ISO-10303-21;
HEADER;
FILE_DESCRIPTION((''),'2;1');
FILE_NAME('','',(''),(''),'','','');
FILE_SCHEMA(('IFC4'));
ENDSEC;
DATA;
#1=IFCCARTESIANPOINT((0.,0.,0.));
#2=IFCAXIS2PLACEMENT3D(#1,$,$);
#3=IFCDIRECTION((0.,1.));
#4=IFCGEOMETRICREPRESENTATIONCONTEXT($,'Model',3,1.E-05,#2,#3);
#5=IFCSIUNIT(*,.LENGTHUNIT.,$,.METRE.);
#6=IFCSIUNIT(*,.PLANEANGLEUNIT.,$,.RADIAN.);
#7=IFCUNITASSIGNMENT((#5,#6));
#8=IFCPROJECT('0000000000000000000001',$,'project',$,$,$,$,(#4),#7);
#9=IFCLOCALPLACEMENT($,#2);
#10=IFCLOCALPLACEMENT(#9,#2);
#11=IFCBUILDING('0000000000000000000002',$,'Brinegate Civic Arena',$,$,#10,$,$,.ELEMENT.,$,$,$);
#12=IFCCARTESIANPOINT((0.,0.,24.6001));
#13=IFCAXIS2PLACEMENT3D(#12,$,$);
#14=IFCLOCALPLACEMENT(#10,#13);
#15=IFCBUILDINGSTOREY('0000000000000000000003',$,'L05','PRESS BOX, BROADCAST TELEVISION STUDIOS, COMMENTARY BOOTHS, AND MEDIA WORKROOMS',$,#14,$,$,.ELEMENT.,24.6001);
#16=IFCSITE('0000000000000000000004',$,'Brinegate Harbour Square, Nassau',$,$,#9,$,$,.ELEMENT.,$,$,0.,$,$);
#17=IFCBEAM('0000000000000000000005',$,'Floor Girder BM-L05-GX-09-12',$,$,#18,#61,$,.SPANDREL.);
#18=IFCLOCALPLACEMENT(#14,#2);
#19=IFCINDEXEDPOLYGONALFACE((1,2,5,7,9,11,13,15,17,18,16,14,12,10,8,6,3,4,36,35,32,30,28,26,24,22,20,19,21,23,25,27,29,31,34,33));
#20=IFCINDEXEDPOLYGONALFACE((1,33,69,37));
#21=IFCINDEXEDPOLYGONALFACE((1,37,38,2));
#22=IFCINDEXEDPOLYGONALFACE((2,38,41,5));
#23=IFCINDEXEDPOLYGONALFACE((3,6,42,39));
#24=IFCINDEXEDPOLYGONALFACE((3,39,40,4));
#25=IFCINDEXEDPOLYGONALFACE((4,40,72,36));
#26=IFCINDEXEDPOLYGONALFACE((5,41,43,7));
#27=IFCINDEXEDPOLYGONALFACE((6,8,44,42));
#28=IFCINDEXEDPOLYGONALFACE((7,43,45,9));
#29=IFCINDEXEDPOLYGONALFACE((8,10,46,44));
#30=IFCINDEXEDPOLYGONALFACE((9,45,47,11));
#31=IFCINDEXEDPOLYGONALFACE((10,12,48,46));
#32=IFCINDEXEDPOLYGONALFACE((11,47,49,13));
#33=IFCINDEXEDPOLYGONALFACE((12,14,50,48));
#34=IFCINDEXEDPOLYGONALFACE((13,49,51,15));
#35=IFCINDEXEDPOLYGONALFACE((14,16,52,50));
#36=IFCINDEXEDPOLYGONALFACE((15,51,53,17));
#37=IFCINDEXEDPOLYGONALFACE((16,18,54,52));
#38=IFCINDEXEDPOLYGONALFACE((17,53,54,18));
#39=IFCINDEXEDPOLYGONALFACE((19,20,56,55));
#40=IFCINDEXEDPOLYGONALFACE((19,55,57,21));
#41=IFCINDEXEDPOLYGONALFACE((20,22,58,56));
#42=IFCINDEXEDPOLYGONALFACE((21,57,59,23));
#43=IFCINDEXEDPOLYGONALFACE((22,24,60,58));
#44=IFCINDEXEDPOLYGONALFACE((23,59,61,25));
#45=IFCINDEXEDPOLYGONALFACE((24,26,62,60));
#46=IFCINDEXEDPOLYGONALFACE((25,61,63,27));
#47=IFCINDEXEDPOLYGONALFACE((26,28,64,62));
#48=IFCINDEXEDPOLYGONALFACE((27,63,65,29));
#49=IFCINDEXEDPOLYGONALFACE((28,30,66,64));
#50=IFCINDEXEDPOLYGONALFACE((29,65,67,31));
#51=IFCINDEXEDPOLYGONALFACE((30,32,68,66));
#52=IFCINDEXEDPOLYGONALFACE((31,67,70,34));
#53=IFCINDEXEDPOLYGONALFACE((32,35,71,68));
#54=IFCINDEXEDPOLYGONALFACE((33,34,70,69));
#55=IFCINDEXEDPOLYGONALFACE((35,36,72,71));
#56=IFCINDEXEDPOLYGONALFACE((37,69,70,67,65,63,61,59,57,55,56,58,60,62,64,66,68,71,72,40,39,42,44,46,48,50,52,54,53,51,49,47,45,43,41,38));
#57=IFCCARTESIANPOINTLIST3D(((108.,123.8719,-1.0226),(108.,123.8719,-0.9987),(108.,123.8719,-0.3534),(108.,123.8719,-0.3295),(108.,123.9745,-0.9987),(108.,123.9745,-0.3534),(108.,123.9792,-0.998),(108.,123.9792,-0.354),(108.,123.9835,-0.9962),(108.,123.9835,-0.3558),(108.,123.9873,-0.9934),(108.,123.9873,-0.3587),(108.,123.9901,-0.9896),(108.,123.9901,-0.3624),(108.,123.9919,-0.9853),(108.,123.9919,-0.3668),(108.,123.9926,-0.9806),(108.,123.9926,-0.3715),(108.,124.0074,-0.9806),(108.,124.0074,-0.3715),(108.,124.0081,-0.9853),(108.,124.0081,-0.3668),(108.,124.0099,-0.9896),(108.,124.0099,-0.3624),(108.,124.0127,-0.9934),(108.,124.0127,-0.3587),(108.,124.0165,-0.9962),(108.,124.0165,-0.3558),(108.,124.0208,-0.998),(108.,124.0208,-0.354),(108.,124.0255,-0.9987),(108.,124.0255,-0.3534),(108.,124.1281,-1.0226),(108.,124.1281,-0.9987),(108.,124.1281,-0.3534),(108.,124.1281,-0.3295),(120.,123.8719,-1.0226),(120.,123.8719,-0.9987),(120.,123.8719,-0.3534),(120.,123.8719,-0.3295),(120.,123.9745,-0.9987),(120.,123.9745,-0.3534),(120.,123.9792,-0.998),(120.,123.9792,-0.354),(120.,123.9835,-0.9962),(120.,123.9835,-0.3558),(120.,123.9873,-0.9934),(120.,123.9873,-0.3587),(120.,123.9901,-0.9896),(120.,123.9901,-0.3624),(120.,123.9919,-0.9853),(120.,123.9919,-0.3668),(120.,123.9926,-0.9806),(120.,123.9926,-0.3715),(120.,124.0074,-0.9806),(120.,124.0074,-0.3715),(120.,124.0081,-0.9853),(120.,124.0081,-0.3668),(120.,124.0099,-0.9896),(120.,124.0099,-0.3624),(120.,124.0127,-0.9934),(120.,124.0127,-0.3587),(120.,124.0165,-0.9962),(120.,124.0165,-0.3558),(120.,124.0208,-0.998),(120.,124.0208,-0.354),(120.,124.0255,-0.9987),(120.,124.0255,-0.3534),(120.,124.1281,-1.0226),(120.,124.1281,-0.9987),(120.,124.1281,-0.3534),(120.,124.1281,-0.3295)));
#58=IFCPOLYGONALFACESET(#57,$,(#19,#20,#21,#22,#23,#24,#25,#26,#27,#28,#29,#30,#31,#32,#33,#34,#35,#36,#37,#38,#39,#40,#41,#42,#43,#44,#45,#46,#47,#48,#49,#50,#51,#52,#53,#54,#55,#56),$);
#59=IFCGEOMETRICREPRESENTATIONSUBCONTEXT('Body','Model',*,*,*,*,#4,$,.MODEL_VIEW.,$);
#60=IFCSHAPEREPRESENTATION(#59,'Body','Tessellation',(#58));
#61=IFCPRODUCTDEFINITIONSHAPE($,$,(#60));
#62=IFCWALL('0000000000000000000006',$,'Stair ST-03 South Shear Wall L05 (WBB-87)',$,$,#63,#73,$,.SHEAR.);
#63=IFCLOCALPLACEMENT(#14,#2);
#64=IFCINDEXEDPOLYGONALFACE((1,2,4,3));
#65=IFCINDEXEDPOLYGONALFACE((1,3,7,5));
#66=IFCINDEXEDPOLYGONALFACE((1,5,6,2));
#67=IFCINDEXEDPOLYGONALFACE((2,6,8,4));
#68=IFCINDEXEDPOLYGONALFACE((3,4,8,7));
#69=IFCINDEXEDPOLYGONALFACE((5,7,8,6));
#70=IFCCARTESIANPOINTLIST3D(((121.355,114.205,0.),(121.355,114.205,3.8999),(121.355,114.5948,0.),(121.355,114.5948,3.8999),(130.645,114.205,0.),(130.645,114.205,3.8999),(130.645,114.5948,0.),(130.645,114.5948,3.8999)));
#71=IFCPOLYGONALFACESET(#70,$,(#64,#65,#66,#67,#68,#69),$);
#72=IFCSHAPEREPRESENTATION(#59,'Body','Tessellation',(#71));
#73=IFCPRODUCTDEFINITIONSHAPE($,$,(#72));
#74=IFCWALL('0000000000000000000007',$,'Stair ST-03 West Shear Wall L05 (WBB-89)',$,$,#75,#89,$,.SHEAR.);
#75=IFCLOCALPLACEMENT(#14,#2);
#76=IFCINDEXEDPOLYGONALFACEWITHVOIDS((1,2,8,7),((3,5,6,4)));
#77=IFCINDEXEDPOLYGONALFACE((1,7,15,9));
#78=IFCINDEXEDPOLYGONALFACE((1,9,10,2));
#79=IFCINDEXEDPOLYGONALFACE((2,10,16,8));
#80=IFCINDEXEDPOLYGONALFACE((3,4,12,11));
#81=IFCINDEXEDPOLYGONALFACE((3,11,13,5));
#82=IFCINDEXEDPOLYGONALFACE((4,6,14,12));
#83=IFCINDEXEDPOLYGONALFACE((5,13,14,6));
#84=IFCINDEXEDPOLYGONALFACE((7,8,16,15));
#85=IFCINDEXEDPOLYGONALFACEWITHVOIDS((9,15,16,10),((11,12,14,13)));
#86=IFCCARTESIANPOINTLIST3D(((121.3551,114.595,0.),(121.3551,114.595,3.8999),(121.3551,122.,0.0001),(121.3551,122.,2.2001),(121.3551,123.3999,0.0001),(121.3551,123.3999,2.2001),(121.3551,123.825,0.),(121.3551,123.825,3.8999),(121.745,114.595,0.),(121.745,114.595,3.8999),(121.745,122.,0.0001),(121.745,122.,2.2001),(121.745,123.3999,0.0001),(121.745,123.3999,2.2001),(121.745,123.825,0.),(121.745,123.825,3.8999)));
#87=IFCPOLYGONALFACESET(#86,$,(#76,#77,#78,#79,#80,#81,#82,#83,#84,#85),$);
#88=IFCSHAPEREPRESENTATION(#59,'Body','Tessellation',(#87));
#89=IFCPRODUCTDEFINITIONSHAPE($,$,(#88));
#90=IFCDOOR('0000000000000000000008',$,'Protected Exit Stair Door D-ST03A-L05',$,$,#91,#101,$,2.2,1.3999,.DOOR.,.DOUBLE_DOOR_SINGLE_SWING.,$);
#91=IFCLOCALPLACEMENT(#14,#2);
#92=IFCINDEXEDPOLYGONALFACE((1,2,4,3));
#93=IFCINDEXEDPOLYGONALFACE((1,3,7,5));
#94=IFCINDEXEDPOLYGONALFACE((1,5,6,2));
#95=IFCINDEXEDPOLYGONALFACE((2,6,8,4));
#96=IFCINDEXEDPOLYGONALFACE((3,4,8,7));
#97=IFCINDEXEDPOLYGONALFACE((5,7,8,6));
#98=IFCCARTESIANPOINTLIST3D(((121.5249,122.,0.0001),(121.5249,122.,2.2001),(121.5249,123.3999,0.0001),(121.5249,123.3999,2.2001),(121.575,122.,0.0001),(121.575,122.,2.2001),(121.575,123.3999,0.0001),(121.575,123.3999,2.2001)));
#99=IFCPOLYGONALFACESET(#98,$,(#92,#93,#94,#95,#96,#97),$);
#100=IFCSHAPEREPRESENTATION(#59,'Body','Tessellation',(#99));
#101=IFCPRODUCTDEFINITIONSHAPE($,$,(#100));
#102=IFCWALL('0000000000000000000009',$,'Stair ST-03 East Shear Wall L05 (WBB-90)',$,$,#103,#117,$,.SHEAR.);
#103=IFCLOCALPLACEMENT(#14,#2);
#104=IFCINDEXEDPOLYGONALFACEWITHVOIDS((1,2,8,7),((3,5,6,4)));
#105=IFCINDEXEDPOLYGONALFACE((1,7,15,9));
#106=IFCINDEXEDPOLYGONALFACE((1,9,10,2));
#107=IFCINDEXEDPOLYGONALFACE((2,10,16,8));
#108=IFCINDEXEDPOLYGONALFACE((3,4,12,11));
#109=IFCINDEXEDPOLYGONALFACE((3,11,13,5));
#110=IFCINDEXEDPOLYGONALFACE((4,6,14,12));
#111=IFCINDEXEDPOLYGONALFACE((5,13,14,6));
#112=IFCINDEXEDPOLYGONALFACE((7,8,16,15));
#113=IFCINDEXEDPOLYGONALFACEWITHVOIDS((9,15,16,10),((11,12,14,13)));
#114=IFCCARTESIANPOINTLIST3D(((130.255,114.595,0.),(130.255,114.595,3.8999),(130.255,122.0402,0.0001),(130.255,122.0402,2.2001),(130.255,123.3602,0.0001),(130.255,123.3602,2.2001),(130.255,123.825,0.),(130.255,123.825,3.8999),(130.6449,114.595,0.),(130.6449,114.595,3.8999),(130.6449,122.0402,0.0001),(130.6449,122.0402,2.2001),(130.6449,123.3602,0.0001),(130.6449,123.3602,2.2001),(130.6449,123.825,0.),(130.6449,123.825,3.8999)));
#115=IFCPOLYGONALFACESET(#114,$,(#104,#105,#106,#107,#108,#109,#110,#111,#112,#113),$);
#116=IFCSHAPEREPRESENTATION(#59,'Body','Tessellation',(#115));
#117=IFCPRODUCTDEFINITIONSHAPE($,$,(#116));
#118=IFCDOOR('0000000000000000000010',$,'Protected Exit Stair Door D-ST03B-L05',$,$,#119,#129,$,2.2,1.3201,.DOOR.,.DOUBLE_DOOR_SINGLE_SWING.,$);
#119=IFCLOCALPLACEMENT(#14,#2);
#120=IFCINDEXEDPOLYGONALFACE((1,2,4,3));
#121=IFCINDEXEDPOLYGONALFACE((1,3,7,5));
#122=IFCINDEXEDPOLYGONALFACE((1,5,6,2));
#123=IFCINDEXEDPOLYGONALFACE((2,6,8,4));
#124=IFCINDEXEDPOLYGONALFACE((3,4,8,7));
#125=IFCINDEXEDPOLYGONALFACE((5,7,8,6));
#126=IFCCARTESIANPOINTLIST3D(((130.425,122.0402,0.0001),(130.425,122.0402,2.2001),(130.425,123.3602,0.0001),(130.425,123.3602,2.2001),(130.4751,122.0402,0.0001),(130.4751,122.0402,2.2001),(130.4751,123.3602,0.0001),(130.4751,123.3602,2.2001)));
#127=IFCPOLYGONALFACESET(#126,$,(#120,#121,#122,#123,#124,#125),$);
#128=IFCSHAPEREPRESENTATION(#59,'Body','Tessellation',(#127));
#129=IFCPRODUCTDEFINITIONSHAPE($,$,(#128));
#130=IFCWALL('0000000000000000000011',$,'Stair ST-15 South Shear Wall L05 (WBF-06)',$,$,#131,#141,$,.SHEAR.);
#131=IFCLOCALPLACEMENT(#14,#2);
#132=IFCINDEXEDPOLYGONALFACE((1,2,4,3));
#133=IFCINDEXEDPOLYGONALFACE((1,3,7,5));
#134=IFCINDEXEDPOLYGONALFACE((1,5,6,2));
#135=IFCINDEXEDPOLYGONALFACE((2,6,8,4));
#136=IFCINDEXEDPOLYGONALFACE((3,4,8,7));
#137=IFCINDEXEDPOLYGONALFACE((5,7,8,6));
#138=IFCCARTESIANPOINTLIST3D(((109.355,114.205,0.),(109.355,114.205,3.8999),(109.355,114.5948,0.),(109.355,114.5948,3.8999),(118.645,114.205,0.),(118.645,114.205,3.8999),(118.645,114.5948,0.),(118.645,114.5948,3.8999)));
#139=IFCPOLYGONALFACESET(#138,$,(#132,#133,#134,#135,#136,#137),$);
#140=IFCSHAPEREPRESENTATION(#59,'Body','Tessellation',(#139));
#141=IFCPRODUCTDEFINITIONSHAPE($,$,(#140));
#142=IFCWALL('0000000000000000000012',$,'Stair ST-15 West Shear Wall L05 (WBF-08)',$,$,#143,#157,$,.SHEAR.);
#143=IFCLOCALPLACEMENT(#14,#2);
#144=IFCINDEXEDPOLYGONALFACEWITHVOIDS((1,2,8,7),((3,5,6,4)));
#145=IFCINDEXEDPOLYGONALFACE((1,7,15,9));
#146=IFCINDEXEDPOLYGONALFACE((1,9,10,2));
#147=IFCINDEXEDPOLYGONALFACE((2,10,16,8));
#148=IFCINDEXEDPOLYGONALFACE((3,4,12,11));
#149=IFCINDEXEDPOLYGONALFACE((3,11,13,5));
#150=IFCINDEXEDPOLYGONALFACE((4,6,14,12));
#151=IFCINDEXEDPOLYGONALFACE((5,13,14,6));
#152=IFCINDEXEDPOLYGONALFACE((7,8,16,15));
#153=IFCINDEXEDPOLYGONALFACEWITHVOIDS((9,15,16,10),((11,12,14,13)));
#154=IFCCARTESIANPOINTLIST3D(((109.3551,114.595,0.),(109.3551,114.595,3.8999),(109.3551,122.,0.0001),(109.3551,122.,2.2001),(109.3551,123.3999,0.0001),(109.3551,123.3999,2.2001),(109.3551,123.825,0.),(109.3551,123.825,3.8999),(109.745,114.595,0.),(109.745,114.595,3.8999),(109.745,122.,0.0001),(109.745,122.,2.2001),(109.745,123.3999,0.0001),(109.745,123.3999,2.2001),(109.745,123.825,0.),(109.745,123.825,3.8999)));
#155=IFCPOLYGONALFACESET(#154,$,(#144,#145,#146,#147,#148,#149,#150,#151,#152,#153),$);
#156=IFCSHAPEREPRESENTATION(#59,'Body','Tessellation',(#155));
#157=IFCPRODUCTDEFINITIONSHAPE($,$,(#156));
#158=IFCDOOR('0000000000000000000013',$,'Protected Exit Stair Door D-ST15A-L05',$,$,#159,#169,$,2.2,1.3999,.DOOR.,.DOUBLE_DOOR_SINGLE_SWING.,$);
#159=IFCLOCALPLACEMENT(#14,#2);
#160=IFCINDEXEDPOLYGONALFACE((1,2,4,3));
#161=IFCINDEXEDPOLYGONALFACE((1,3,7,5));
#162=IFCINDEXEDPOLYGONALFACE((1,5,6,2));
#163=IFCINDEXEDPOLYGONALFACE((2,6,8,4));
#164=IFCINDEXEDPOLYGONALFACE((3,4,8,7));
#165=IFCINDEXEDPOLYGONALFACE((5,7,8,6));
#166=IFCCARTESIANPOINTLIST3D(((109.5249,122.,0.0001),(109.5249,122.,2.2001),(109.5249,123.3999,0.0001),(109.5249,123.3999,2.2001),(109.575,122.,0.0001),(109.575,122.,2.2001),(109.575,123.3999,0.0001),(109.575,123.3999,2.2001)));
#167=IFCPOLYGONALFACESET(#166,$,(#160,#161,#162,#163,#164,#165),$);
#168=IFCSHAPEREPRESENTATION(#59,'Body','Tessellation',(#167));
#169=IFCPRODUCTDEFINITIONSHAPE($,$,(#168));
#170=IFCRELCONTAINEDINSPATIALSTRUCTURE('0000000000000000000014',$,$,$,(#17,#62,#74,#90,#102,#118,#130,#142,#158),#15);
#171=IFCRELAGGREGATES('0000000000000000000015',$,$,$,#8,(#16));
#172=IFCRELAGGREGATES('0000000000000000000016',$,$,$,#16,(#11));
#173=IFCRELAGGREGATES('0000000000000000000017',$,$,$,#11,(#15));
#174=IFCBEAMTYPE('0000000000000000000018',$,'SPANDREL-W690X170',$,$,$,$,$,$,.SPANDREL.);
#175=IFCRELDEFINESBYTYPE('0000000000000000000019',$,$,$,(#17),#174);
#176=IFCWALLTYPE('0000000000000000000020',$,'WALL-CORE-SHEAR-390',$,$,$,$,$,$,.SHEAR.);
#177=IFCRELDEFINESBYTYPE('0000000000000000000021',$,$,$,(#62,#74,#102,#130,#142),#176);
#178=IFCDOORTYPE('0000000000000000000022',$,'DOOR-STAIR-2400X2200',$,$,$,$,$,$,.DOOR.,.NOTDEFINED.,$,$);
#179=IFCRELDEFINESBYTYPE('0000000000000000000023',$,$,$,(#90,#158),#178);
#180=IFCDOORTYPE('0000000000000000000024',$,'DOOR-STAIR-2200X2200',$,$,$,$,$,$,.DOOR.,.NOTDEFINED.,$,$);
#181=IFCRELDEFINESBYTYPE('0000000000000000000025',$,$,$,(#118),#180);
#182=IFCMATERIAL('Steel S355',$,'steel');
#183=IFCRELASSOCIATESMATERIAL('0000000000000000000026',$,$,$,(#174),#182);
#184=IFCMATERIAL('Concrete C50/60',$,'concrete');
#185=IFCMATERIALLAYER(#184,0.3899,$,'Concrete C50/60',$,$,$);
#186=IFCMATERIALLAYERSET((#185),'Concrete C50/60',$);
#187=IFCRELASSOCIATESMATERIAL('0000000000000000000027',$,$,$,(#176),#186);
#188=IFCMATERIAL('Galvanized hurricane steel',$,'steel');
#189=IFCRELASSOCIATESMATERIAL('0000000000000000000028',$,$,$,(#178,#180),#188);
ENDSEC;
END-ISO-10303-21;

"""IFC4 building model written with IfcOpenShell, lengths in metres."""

from ifc_helpers import new_model, si_unit, direction, frame, frame_2d, origin, origin_2d, place, context, subcontext, project, spatial, rectangle, i_section, extrude, material, layer, layer_set, material_profile, profile_set, type_object, element, fill, save


model = new_model("IFC4")

# Units and contexts
model_context = context("Model", 3, precision=1e-05, world=origin(), true_north=direction((0.0, 1.0)))
body_context = subcontext(model_context, "Body", "Model", "MODEL_VIEW")
ifc_project = project(units=[si_unit("LENGTHUNIT", "METRE"), si_unit("PLANEANGLEUNIT", "RADIAN")], contexts=[model_context])

# Site, building, storey
site_placement = place(None, origin())
site = spatial("IfcSite", under=ifc_project, at=site_placement, Name="Brinegate Harbour Square, Nassau", CompositionType="ELEMENT", RefElevation=0.0)
building_placement = place(site_placement, origin())
building = spatial("IfcBuilding", under=site, at=building_placement, Name="Brinegate Civic Arena", CompositionType="ELEMENT")
storey_placement = place(building_placement, frame((0.0, 0.0, 24.6001)))
storey = spatial("IfcBuildingStorey", under=building, at=storey_placement, Name="L05", Description="PRESS BOX, BROADCAST TELEVISION STUDIOS, COMMENTARY BOOTHS, AND MEDIA WORKROOMS", CompositionType="ELEMENT", Elevation=24.6001)

# Shared definitions
ifc_material_1 = material(Name="Concrete C50/60", Category="concrete")
ifc_material_2 = material(Name="Steel S355", Category="steel")

# Beam
ifc_material_profile_1 = material_profile(ifc_material_2, i_section(OverallWidth=0.2561, OverallDepth=0.6931, WebThickness=0.0149, FlangeThickness=0.0239, FilletRadius=0.0181, at=origin_2d()), Name="W690X170")
ifc_profile_set_1 = profile_set([ifc_material_profile_1], Name="Steel S355")
beam_type_1 = type_object("IfcBeamType", Name="SPANDREL-W690X170", PredefinedType="SPANDREL", material=ifc_profile_set_1)
beam_1_placement = place(storey_placement, frame((108.0, 124.0, -0.676), z_axis=(1.0, 0.0, 0.0), x_axis=(0.0, 1.0, 0.0)))
element("IfcBeam", 1, at=beam_1_placement, inside=storey, type_object=beam_type_1, Name="Floor Girder BM-L05-GX-09-12", PredefinedType="SPANDREL", context=body_context, shape_type="SweptSolid", body=[
    extrude(i_section(OverallWidth=0.2561, OverallDepth=0.6931, WebThickness=0.0149, FlangeThickness=0.0239, FilletRadius=0.0181, at=origin_2d()), origin(), (0.0, 0.0, 1.0), 12.0),
])

# Wall
ifc_layer_1 = layer(ifc_material_1, 0.3899, Name="Concrete C50/60")
ifc_layer_set_1 = layer_set([ifc_layer_1], Name="Concrete C50/60")
wall_type_1 = type_object("IfcWallType", Name="WALL-CORE-SHEAR-390", PredefinedType="SHEAR", material=ifc_layer_set_1)
wall_1_placement = place(storey_placement, frame((121.355, 114.3999, 0.0), z_axis=(0.0, 0.0, 1.0), x_axis=(1.0, 0.0, 0.0)))
element("IfcWall", 2, at=wall_1_placement, inside=storey, type_object=wall_type_1, Name="Stair ST-03 South Shear Wall L05 (WBB-87)", PredefinedType="SHEAR", context=body_context, shape_type="SweptSolid", body=[
    extrude(rectangle(XDim=9.29, YDim=0.3899, at=frame_2d((4.645, 0.0))), origin(), (0.0, 0.0, 1.0), 3.8999),
])

# Walls, openings, doors
wall_2_placement = place(storey_placement, frame((121.55, 114.595, 0.0), z_axis=(0.0, 0.0, 1.0), x_axis=(0.0, 1.0, 0.0)))
wall_2 = element("IfcWall", 3, at=wall_2_placement, inside=storey, type_object=wall_type_1, Name="Stair ST-03 West Shear Wall L05 (WBB-89)", PredefinedType="SHEAR", context=body_context, shape_type="SweptSolid", body=[
    extrude(rectangle(XDim=9.23, YDim=0.3899, at=frame_2d((4.615, 0.0))), origin(), (0.0, 0.0, 1.0), 3.8999),
])
opening_1_placement = place(wall_2_placement, frame((7.405, 0.0, 0.0)))
opening_1 = element("IfcOpeningElement", 4, at=opening_1_placement, cuts=wall_2, PredefinedType="OPENING", context=body_context, shape_type="SweptSolid", body=[
    extrude(rectangle(XDim=1.3999, YDim=2.2, at=frame_2d((0.7, 1.1001))), frame((0.0, 0.2048, 0.0), z_axis=(0.0, -1.0, 0.0), x_axis=(1.0, 0.0, 0.0)), (0.0, 0.0, 1.0), 0.4099),
])
ifc_material_3 = material(Name="Galvanized hurricane steel", Category="steel")
door_type_1 = type_object("IfcDoorType", Name="DOOR-STAIR-2400X2200", OperationType="NOTDEFINED", PredefinedType="DOOR", material=ifc_material_3)
door_1_placement = place(opening_1_placement, frame((1.3999, 0.0, 0.0), z_axis=(0.0, 0.0, 1.0), x_axis=(-1.0, 0.0, 0.0)))
door_1 = element("IfcDoor", 5, at=door_1_placement, inside=storey, type_object=door_type_1, Name="Protected Exit Stair Door D-ST03A-L05", OperationType="DOUBLE_DOOR_SINGLE_SWING", OverallHeight=2.2, OverallWidth=1.3999, PredefinedType="DOOR", context=body_context, shape_type="SweptSolid", body=[
    extrude(rectangle(XDim=1.3999, YDim=2.2, at=frame_2d((0.7, 1.1001))), frame((0.0, 0.0249, 0.0), z_axis=(0.0, -1.0, 0.0), x_axis=(1.0, 0.0, 0.0)), (0.0, 0.0, 1.0), 0.05),
])
fill(opening_1, door_1)
wall_3_placement = place(storey_placement, frame((130.45, 114.595, 0.0), z_axis=(0.0, 0.0, 1.0), x_axis=(0.0, 1.0, 0.0)))
wall_3 = element("IfcWall", 6, at=wall_3_placement, inside=storey, type_object=wall_type_1, Name="Stair ST-03 East Shear Wall L05 (WBB-90)", PredefinedType="SHEAR", context=body_context, shape_type="SweptSolid", body=[
    extrude(rectangle(XDim=9.23, YDim=0.3899, at=frame_2d((4.615, 0.0))), origin(), (0.0, 0.0, 1.0), 3.8999),
])
opening_2_placement = place(wall_3_placement, frame((7.4451, 0.0, 0.0)))
opening_2 = element("IfcOpeningElement", 7, at=opening_2_placement, cuts=wall_3, PredefinedType="OPENING", context=body_context, shape_type="SweptSolid", body=[
    extrude(rectangle(XDim=1.3201, YDim=2.2, at=frame_2d((0.6602, 1.1001))), frame((0.0, 0.2048, 0.0), z_axis=(0.0, -1.0, 0.0), x_axis=(1.0, 0.0, 0.0)), (0.0, 0.0, 1.0), 0.4099),
])
door_type_2 = type_object("IfcDoorType", Name="DOOR-STAIR-2200X2200", OperationType="NOTDEFINED", PredefinedType="DOOR", material=ifc_material_3)
door_2_placement = place(opening_2_placement, origin())
door_2 = element("IfcDoor", 8, at=door_2_placement, inside=storey, type_object=door_type_2, Name="Protected Exit Stair Door D-ST03B-L05", OperationType="DOUBLE_DOOR_SINGLE_SWING", OverallHeight=2.2, OverallWidth=1.3201, PredefinedType="DOOR", context=body_context, shape_type="SweptSolid", body=[
    extrude(rectangle(XDim=1.3201, YDim=2.2, at=frame_2d((0.6602, 1.1001))), frame((0.0, 0.0249, 0.0), z_axis=(0.0, -1.0, 0.0), x_axis=(1.0, 0.0, 0.0)), (0.0, 0.0, 1.0), 0.05),
])
fill(opening_2, door_2)

# Wall
wall_4_placement = place(storey_placement, frame((109.355, 114.3999, 0.0), z_axis=(0.0, 0.0, 1.0), x_axis=(1.0, 0.0, 0.0)))
element("IfcWall", 9, at=wall_4_placement, inside=storey, type_object=wall_type_1, Name="Stair ST-15 South Shear Wall L05 (WBF-06)", PredefinedType="SHEAR", context=body_context, shape_type="SweptSolid", body=[
    extrude(rectangle(XDim=9.29, YDim=0.3899, at=frame_2d((4.645, 0.0))), origin(), (0.0, 0.0, 1.0), 3.8999),
])

# Wall, opening, door
wall_5_placement = place(storey_placement, frame((109.55, 114.595, 0.0), z_axis=(0.0, 0.0, 1.0), x_axis=(0.0, 1.0, 0.0)))
wall_5 = element("IfcWall", 10, at=wall_5_placement, inside=storey, type_object=wall_type_1, Name="Stair ST-15 West Shear Wall L05 (WBF-08)", PredefinedType="SHEAR", context=body_context, shape_type="SweptSolid", body=[
    extrude(rectangle(XDim=9.23, YDim=0.3899, at=frame_2d((4.615, 0.0))), origin(), (0.0, 0.0, 1.0), 3.8999),
])
opening_3_placement = place(wall_5_placement, frame((7.405, 0.0, 0.0)))
opening_3 = element("IfcOpeningElement", 11, at=opening_3_placement, cuts=wall_5, PredefinedType="OPENING", context=body_context, shape_type="SweptSolid", body=[
    extrude(rectangle(XDim=1.3999, YDim=2.2, at=frame_2d((0.7, 1.1001))), frame((0.0, 0.2048, 0.0), z_axis=(0.0, -1.0, 0.0), x_axis=(1.0, 0.0, 0.0)), (0.0, 0.0, 1.0), 0.4099),
])
door_3_placement = place(opening_3_placement, frame((1.3999, 0.0, 0.0), z_axis=(0.0, 0.0, 1.0), x_axis=(-1.0, 0.0, 0.0)))
door_3 = element("IfcDoor", 12, at=door_3_placement, inside=storey, type_object=door_type_1, Name="Protected Exit Stair Door D-ST15A-L05", OperationType="DOUBLE_DOOR_SINGLE_SWING", OverallHeight=2.2, OverallWidth=1.3999, PredefinedType="DOOR", context=body_context, shape_type="SweptSolid", body=[
    extrude(rectangle(XDim=1.3999, YDim=2.2, at=frame_2d((0.7, 1.1001))), frame((0.0, 0.0249, 0.0), z_axis=(0.0, -1.0, 0.0), x_axis=(1.0, 0.0, 0.0)), (0.0, 0.0, 1.0), 0.05),
])
fill(opening_3, door_3)

save(model, "model.ifc")
